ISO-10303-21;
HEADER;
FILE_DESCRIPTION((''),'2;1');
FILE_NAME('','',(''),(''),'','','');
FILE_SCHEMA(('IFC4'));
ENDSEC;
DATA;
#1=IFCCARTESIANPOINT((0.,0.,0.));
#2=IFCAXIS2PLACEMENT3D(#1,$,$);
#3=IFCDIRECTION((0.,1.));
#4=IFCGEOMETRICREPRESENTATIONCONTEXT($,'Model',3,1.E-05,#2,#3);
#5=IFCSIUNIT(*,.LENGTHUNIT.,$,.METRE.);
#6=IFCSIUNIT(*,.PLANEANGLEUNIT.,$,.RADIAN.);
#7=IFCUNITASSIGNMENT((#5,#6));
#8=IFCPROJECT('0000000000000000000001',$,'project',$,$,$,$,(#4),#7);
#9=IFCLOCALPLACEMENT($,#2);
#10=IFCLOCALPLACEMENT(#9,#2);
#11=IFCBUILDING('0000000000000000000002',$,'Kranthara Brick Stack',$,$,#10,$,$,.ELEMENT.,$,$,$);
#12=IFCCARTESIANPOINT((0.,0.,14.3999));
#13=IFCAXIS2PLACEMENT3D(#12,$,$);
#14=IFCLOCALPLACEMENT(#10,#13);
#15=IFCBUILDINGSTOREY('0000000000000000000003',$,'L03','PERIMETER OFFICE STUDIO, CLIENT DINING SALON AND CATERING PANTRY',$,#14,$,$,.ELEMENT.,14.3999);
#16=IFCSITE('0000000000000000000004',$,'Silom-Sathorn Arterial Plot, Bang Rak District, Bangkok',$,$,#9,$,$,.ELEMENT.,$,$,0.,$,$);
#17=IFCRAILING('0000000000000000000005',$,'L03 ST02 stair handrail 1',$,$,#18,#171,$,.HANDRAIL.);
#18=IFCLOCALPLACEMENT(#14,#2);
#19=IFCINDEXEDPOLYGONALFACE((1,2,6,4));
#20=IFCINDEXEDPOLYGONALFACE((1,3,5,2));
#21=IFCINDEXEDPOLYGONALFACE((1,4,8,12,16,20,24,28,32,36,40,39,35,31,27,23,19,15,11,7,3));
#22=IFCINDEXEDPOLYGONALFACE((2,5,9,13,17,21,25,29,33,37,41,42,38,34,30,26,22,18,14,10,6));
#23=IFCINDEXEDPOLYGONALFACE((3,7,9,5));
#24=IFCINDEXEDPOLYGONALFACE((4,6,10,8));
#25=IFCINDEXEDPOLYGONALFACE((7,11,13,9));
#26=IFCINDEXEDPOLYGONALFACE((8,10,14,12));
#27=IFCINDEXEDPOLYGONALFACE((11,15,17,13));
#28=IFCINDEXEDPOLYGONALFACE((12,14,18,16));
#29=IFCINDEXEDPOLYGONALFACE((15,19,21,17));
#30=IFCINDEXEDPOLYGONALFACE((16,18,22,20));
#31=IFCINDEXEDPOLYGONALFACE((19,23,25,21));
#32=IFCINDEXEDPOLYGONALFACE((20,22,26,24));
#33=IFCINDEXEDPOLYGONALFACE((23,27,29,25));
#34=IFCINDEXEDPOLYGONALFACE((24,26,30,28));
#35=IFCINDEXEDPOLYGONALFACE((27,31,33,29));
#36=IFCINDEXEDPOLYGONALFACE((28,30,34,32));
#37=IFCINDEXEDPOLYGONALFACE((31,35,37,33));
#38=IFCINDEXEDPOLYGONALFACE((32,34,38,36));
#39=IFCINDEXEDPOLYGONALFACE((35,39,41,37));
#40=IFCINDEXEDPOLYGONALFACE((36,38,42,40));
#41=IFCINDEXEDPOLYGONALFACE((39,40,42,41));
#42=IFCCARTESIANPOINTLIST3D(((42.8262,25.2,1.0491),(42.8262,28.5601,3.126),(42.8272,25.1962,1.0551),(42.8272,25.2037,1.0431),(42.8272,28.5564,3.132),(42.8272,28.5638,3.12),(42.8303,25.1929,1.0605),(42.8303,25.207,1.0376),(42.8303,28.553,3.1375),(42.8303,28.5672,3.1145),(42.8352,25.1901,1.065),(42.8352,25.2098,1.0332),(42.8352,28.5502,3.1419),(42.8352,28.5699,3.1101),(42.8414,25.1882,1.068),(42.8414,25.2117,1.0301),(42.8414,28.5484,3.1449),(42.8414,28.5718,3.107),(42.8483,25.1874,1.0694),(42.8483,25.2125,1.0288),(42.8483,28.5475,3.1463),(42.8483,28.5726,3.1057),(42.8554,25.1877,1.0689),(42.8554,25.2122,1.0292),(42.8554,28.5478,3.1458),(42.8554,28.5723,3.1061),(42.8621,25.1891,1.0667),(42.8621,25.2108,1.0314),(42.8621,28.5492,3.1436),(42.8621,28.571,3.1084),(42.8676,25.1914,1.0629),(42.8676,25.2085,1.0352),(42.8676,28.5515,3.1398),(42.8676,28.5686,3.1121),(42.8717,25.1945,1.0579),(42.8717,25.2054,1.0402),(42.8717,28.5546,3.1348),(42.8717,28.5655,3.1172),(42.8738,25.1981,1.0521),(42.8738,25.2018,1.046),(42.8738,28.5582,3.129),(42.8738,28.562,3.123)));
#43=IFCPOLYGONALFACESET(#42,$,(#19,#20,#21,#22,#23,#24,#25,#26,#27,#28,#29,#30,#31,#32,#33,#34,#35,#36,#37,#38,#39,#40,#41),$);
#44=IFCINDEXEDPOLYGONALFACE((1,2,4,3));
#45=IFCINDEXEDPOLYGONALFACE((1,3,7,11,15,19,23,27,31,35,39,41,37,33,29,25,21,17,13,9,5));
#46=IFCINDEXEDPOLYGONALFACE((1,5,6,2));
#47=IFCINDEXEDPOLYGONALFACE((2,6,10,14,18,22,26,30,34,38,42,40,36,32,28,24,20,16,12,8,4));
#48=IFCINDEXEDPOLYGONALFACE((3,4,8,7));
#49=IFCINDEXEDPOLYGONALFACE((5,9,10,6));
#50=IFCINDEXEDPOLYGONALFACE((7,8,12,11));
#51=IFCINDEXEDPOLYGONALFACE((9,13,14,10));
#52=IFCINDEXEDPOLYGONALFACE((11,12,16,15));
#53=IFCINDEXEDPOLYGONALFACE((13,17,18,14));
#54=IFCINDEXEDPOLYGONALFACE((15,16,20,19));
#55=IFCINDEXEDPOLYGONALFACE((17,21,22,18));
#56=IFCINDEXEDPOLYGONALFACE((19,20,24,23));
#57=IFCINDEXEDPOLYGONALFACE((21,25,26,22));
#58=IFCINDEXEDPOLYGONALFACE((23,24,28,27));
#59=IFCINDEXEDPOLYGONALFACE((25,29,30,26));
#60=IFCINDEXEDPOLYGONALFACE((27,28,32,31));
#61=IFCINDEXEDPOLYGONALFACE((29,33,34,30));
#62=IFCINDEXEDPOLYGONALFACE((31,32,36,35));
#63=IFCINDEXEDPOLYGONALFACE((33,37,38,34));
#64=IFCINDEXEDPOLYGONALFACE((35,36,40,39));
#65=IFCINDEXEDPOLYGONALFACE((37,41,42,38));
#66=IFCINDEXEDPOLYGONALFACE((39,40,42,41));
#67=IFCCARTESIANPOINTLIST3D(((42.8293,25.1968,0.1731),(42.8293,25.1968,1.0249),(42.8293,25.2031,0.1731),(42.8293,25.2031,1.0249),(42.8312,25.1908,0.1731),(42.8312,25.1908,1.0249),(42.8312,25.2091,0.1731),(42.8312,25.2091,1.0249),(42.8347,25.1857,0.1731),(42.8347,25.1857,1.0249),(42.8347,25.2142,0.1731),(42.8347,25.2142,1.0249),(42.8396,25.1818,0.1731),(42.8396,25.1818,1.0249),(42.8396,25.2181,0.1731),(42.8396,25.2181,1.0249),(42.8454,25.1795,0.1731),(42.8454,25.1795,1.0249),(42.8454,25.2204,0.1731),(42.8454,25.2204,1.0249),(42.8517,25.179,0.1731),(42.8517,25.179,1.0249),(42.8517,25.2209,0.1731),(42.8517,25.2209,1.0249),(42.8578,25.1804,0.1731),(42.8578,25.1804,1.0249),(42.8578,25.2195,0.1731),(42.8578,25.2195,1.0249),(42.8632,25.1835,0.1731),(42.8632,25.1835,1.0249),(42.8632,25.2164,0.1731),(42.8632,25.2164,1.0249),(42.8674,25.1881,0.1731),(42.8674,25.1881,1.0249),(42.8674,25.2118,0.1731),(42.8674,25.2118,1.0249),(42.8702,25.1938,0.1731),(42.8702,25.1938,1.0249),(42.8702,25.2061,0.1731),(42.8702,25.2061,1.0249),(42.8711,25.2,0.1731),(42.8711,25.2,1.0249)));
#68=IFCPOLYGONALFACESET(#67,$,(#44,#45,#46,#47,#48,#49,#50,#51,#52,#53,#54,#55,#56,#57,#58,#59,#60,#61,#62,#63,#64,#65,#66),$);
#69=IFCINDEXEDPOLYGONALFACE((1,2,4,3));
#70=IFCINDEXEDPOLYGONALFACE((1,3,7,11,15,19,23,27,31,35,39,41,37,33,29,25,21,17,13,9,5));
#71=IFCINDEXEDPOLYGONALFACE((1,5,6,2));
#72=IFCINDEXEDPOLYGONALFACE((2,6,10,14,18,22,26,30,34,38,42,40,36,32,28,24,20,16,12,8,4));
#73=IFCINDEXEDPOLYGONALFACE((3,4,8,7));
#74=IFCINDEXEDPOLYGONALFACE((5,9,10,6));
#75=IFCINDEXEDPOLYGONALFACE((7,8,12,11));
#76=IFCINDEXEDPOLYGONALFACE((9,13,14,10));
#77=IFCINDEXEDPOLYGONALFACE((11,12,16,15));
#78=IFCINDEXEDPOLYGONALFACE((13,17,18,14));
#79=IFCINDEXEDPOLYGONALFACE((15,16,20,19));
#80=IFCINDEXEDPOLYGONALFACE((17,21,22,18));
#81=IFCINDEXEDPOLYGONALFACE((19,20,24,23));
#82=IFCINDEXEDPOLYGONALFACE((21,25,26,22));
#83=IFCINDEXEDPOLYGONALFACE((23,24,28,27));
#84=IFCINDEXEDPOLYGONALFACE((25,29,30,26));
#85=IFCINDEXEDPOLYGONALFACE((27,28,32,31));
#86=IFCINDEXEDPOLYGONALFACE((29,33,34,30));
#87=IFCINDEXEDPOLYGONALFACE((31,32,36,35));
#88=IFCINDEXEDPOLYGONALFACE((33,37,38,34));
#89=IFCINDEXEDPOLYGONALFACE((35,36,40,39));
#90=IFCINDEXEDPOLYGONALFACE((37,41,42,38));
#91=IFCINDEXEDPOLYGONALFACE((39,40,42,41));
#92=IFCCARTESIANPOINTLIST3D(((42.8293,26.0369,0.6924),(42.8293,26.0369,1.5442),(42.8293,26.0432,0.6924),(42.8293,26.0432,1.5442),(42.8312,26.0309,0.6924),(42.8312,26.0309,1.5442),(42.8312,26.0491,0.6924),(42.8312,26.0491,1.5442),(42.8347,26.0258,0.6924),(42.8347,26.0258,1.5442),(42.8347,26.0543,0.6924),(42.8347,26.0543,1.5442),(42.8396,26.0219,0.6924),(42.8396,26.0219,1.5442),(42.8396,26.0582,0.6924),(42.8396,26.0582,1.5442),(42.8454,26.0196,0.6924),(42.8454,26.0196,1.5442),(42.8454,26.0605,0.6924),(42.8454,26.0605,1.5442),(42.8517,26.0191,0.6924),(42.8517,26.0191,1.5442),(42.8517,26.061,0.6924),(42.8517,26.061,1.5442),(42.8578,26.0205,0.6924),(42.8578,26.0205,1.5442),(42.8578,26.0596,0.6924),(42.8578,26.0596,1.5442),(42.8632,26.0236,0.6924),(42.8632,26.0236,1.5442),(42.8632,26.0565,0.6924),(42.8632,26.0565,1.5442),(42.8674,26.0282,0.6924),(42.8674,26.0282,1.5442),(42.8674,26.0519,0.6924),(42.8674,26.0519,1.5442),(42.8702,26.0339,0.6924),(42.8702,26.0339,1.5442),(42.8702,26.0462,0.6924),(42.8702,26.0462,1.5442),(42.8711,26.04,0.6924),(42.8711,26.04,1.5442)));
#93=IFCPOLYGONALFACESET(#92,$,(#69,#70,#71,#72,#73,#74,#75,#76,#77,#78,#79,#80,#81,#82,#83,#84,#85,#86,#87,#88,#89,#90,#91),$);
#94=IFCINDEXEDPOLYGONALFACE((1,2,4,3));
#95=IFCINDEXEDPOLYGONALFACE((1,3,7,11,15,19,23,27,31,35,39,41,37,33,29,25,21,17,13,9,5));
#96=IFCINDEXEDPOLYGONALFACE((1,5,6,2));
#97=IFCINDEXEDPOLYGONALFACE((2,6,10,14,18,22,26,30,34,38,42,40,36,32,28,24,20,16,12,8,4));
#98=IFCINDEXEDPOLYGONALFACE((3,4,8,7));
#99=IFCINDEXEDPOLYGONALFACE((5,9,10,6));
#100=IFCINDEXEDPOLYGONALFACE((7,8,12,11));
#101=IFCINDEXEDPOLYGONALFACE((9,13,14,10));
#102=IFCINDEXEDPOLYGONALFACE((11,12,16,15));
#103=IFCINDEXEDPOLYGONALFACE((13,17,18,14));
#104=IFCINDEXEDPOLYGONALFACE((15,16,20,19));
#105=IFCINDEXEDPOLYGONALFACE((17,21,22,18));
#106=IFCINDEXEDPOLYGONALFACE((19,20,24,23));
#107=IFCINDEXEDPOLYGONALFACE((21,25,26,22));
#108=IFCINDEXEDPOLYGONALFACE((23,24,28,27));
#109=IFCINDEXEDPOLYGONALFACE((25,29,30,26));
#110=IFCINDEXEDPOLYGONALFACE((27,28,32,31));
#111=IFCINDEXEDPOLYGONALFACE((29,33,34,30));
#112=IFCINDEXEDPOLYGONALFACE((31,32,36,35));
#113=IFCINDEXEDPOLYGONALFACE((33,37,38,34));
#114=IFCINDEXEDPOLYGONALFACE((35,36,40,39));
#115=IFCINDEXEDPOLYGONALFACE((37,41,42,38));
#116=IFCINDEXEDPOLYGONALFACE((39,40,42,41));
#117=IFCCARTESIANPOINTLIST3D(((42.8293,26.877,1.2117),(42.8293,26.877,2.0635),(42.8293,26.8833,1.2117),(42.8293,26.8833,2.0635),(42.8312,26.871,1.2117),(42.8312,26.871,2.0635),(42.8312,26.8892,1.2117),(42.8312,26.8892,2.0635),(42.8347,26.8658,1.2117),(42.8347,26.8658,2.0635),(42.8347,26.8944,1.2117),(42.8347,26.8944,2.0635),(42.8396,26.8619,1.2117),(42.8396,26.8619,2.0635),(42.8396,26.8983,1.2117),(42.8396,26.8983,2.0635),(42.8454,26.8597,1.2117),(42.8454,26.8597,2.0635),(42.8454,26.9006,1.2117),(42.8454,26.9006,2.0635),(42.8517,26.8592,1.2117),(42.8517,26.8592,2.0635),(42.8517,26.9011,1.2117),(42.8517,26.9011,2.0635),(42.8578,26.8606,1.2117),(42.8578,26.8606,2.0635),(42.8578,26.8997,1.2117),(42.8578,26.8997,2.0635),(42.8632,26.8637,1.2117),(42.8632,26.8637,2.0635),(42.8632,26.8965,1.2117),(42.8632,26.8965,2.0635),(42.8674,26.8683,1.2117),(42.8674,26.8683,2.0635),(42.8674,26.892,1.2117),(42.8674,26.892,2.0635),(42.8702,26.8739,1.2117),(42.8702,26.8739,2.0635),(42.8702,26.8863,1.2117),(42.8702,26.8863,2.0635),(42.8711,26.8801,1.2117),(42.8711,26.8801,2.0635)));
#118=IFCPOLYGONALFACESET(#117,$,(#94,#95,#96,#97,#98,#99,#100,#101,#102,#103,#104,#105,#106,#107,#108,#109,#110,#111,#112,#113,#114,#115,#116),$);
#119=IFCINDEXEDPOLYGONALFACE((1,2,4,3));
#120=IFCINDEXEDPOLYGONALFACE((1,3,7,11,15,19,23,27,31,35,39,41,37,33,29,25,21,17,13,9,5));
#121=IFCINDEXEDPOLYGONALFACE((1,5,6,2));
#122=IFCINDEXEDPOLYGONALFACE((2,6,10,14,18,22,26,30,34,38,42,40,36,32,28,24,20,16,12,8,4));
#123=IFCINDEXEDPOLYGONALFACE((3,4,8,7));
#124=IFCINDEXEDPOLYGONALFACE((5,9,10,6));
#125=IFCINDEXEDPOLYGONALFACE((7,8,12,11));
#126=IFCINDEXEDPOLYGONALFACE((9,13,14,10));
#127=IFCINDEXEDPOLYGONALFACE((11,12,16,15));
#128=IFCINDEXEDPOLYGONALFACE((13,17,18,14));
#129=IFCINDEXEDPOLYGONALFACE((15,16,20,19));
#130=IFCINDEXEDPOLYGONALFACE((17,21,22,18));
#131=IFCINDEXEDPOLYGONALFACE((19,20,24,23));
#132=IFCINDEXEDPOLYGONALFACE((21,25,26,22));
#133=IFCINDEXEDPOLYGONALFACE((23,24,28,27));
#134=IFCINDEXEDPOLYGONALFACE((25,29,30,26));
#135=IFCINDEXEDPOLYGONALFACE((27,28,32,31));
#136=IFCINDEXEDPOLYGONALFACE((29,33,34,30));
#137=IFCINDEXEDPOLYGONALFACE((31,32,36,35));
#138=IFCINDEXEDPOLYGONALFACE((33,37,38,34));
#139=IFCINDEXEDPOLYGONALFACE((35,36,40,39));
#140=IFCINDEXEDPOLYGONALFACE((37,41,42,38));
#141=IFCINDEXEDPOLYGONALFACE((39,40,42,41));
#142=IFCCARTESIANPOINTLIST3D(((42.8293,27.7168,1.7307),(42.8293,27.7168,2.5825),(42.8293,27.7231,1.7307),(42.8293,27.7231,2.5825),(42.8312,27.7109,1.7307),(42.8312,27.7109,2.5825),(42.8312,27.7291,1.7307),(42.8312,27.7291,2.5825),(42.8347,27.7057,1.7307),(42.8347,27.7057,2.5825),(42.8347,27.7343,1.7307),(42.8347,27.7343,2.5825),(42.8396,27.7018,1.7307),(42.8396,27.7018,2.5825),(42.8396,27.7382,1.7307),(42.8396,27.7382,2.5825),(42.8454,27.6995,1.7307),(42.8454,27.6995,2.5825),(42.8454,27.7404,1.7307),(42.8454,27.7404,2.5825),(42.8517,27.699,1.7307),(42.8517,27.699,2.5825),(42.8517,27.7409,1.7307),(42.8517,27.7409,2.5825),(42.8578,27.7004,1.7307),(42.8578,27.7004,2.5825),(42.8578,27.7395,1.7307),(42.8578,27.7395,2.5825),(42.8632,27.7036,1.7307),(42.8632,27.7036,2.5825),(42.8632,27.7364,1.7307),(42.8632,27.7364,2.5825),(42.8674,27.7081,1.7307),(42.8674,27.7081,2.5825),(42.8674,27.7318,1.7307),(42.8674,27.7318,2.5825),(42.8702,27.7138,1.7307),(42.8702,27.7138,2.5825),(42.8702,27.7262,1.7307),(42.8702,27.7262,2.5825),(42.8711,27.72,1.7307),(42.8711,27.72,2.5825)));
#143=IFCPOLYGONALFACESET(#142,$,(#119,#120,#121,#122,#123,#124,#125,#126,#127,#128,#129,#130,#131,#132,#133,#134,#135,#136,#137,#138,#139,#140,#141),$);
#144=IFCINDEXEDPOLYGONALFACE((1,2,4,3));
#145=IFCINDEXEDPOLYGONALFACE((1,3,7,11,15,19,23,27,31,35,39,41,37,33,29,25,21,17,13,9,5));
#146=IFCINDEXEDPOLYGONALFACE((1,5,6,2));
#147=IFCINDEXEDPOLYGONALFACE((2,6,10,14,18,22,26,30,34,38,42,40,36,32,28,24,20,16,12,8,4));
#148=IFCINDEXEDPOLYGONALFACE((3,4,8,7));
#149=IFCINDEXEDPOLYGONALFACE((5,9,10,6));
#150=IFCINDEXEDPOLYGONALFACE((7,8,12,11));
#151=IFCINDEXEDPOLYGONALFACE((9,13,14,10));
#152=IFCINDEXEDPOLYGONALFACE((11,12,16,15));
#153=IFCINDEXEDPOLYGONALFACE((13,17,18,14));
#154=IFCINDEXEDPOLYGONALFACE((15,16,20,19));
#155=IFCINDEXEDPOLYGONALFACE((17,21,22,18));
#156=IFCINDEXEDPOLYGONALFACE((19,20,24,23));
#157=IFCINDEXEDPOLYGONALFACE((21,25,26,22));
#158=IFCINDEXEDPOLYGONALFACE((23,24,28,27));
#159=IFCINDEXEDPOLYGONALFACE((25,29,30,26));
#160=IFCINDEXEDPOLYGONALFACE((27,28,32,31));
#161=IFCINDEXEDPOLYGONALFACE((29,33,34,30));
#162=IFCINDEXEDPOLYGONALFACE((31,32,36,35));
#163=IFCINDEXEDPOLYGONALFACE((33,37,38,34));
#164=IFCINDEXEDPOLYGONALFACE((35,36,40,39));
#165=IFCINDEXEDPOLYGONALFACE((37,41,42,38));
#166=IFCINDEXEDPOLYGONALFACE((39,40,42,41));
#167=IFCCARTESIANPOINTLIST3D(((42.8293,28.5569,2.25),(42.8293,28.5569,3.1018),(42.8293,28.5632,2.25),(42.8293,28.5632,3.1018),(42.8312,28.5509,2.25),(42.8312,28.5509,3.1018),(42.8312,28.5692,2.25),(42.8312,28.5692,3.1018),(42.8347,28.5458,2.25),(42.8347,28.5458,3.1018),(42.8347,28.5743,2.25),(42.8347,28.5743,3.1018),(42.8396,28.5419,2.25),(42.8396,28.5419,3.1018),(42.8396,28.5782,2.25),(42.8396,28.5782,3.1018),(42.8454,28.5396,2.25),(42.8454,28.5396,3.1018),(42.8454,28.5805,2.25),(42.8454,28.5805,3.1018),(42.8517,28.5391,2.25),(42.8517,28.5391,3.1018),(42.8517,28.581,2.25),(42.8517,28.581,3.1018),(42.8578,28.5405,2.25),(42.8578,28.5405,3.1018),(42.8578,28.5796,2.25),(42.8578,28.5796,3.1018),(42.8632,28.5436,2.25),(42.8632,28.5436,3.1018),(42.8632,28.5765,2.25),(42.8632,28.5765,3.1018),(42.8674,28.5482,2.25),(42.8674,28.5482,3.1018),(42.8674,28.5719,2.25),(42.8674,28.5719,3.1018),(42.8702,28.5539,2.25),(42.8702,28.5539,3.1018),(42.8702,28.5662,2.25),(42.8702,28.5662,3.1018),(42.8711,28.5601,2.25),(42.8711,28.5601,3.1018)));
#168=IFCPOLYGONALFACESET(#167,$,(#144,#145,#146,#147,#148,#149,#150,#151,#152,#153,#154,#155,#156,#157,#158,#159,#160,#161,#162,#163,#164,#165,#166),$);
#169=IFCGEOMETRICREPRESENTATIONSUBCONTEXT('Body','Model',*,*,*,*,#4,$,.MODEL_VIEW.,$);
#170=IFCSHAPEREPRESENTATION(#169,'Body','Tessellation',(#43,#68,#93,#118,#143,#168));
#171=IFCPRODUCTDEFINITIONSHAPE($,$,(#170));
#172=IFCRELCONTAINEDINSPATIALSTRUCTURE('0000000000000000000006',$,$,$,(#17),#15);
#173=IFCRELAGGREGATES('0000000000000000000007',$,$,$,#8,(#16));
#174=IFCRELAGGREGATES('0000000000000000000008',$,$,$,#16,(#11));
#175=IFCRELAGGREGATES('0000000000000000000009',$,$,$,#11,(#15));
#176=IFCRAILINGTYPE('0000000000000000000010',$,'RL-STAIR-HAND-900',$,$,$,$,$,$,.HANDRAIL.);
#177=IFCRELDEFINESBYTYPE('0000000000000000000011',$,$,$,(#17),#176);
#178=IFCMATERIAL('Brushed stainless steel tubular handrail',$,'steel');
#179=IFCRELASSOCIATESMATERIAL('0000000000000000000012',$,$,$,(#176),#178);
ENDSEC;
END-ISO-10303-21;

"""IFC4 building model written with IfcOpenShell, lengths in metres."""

from ifc_helpers import new_model, si_unit, direction, frame, origin, origin_2d, place, context, subcontext, project, spatial, circle, extrude, material, type_object, element, save


model = new_model("IFC4")

# Units and contexts
model_context = context("Model", 3, precision=1e-05, world=origin(), true_north=direction((0.0, 1.0)))
body_context = subcontext(model_context, "Body", "Model", "MODEL_VIEW")
ifc_project = project(units=[si_unit("LENGTHUNIT", "METRE"), si_unit("PLANEANGLEUNIT", "RADIAN")], contexts=[model_context])

# Site, building, storey
site_placement = place(None, origin())
site = spatial("IfcSite", under=ifc_project, at=site_placement, Name="Silom-Sathorn Arterial Plot, Bang Rak District, Bangkok", CompositionType="ELEMENT", RefElevation=0.0)
building_placement = place(site_placement, origin())
building = spatial("IfcBuilding", under=site, at=building_placement, Name="Kranthara Brick Stack", CompositionType="ELEMENT")
storey_placement = place(building_placement, frame((0.0, 0.0, 14.3999)))
storey = spatial("IfcBuildingStorey", under=building, at=storey_placement, Name="L03", Description="PERIMETER OFFICE STUDIO, CLIENT DINING SALON AND CATERING PANTRY", CompositionType="ELEMENT", Elevation=14.3999)

# Railing
ifc_material_1 = material(Name="Brushed stainless steel tubular handrail", Category="steel")
railing_type_1 = type_object("IfcRailingType", Name="RL-STAIR-HAND-900", PredefinedType="HANDRAIL", material=ifc_material_1)
railing_1_placement = place(storey_placement, frame((42.8501, 25.2, 0.1731)))
element("IfcRailing", 1, at=railing_1_placement, inside=storey, type_object=railing_type_1, Name="L03 ST02 stair handrail 1", PredefinedType="HANDRAIL", context=body_context, shape_type="SweptSolid", body=[
    extrude(circle(Radius=0.0239, at=origin_2d()), frame((0.0, 0.0, 0.876), z_axis=(0.0, 0.850623, 0.525776), x_axis=(-1.0, 0.0, 0.0)), (0.0, 0.0, 1.0), 3.9502),
    extrude(circle(Radius=0.021, at=origin_2d()), origin(), (0.0, 0.0, 1.0), 0.8518),
    extrude(circle(Radius=0.021, at=origin_2d()), frame((0.0, 0.8401, 0.5193)), (0.0, 0.0, 1.0), 0.8518),
    extrude(circle(Radius=0.021, at=origin_2d()), frame((0.0, 1.6802, 1.0386)), (0.0, 0.0, 1.0), 0.8518),
    extrude(circle(Radius=0.021, at=origin_2d()), frame((0.0, 2.52, 1.5576)), (0.0, 0.0, 1.0), 0.8518),
    extrude(circle(Radius=0.021, at=origin_2d()), frame((0.0, 3.3601, 2.0769)), (0.0, 0.0, 1.0), 0.8518),
])

save(model, "model.ifc")
